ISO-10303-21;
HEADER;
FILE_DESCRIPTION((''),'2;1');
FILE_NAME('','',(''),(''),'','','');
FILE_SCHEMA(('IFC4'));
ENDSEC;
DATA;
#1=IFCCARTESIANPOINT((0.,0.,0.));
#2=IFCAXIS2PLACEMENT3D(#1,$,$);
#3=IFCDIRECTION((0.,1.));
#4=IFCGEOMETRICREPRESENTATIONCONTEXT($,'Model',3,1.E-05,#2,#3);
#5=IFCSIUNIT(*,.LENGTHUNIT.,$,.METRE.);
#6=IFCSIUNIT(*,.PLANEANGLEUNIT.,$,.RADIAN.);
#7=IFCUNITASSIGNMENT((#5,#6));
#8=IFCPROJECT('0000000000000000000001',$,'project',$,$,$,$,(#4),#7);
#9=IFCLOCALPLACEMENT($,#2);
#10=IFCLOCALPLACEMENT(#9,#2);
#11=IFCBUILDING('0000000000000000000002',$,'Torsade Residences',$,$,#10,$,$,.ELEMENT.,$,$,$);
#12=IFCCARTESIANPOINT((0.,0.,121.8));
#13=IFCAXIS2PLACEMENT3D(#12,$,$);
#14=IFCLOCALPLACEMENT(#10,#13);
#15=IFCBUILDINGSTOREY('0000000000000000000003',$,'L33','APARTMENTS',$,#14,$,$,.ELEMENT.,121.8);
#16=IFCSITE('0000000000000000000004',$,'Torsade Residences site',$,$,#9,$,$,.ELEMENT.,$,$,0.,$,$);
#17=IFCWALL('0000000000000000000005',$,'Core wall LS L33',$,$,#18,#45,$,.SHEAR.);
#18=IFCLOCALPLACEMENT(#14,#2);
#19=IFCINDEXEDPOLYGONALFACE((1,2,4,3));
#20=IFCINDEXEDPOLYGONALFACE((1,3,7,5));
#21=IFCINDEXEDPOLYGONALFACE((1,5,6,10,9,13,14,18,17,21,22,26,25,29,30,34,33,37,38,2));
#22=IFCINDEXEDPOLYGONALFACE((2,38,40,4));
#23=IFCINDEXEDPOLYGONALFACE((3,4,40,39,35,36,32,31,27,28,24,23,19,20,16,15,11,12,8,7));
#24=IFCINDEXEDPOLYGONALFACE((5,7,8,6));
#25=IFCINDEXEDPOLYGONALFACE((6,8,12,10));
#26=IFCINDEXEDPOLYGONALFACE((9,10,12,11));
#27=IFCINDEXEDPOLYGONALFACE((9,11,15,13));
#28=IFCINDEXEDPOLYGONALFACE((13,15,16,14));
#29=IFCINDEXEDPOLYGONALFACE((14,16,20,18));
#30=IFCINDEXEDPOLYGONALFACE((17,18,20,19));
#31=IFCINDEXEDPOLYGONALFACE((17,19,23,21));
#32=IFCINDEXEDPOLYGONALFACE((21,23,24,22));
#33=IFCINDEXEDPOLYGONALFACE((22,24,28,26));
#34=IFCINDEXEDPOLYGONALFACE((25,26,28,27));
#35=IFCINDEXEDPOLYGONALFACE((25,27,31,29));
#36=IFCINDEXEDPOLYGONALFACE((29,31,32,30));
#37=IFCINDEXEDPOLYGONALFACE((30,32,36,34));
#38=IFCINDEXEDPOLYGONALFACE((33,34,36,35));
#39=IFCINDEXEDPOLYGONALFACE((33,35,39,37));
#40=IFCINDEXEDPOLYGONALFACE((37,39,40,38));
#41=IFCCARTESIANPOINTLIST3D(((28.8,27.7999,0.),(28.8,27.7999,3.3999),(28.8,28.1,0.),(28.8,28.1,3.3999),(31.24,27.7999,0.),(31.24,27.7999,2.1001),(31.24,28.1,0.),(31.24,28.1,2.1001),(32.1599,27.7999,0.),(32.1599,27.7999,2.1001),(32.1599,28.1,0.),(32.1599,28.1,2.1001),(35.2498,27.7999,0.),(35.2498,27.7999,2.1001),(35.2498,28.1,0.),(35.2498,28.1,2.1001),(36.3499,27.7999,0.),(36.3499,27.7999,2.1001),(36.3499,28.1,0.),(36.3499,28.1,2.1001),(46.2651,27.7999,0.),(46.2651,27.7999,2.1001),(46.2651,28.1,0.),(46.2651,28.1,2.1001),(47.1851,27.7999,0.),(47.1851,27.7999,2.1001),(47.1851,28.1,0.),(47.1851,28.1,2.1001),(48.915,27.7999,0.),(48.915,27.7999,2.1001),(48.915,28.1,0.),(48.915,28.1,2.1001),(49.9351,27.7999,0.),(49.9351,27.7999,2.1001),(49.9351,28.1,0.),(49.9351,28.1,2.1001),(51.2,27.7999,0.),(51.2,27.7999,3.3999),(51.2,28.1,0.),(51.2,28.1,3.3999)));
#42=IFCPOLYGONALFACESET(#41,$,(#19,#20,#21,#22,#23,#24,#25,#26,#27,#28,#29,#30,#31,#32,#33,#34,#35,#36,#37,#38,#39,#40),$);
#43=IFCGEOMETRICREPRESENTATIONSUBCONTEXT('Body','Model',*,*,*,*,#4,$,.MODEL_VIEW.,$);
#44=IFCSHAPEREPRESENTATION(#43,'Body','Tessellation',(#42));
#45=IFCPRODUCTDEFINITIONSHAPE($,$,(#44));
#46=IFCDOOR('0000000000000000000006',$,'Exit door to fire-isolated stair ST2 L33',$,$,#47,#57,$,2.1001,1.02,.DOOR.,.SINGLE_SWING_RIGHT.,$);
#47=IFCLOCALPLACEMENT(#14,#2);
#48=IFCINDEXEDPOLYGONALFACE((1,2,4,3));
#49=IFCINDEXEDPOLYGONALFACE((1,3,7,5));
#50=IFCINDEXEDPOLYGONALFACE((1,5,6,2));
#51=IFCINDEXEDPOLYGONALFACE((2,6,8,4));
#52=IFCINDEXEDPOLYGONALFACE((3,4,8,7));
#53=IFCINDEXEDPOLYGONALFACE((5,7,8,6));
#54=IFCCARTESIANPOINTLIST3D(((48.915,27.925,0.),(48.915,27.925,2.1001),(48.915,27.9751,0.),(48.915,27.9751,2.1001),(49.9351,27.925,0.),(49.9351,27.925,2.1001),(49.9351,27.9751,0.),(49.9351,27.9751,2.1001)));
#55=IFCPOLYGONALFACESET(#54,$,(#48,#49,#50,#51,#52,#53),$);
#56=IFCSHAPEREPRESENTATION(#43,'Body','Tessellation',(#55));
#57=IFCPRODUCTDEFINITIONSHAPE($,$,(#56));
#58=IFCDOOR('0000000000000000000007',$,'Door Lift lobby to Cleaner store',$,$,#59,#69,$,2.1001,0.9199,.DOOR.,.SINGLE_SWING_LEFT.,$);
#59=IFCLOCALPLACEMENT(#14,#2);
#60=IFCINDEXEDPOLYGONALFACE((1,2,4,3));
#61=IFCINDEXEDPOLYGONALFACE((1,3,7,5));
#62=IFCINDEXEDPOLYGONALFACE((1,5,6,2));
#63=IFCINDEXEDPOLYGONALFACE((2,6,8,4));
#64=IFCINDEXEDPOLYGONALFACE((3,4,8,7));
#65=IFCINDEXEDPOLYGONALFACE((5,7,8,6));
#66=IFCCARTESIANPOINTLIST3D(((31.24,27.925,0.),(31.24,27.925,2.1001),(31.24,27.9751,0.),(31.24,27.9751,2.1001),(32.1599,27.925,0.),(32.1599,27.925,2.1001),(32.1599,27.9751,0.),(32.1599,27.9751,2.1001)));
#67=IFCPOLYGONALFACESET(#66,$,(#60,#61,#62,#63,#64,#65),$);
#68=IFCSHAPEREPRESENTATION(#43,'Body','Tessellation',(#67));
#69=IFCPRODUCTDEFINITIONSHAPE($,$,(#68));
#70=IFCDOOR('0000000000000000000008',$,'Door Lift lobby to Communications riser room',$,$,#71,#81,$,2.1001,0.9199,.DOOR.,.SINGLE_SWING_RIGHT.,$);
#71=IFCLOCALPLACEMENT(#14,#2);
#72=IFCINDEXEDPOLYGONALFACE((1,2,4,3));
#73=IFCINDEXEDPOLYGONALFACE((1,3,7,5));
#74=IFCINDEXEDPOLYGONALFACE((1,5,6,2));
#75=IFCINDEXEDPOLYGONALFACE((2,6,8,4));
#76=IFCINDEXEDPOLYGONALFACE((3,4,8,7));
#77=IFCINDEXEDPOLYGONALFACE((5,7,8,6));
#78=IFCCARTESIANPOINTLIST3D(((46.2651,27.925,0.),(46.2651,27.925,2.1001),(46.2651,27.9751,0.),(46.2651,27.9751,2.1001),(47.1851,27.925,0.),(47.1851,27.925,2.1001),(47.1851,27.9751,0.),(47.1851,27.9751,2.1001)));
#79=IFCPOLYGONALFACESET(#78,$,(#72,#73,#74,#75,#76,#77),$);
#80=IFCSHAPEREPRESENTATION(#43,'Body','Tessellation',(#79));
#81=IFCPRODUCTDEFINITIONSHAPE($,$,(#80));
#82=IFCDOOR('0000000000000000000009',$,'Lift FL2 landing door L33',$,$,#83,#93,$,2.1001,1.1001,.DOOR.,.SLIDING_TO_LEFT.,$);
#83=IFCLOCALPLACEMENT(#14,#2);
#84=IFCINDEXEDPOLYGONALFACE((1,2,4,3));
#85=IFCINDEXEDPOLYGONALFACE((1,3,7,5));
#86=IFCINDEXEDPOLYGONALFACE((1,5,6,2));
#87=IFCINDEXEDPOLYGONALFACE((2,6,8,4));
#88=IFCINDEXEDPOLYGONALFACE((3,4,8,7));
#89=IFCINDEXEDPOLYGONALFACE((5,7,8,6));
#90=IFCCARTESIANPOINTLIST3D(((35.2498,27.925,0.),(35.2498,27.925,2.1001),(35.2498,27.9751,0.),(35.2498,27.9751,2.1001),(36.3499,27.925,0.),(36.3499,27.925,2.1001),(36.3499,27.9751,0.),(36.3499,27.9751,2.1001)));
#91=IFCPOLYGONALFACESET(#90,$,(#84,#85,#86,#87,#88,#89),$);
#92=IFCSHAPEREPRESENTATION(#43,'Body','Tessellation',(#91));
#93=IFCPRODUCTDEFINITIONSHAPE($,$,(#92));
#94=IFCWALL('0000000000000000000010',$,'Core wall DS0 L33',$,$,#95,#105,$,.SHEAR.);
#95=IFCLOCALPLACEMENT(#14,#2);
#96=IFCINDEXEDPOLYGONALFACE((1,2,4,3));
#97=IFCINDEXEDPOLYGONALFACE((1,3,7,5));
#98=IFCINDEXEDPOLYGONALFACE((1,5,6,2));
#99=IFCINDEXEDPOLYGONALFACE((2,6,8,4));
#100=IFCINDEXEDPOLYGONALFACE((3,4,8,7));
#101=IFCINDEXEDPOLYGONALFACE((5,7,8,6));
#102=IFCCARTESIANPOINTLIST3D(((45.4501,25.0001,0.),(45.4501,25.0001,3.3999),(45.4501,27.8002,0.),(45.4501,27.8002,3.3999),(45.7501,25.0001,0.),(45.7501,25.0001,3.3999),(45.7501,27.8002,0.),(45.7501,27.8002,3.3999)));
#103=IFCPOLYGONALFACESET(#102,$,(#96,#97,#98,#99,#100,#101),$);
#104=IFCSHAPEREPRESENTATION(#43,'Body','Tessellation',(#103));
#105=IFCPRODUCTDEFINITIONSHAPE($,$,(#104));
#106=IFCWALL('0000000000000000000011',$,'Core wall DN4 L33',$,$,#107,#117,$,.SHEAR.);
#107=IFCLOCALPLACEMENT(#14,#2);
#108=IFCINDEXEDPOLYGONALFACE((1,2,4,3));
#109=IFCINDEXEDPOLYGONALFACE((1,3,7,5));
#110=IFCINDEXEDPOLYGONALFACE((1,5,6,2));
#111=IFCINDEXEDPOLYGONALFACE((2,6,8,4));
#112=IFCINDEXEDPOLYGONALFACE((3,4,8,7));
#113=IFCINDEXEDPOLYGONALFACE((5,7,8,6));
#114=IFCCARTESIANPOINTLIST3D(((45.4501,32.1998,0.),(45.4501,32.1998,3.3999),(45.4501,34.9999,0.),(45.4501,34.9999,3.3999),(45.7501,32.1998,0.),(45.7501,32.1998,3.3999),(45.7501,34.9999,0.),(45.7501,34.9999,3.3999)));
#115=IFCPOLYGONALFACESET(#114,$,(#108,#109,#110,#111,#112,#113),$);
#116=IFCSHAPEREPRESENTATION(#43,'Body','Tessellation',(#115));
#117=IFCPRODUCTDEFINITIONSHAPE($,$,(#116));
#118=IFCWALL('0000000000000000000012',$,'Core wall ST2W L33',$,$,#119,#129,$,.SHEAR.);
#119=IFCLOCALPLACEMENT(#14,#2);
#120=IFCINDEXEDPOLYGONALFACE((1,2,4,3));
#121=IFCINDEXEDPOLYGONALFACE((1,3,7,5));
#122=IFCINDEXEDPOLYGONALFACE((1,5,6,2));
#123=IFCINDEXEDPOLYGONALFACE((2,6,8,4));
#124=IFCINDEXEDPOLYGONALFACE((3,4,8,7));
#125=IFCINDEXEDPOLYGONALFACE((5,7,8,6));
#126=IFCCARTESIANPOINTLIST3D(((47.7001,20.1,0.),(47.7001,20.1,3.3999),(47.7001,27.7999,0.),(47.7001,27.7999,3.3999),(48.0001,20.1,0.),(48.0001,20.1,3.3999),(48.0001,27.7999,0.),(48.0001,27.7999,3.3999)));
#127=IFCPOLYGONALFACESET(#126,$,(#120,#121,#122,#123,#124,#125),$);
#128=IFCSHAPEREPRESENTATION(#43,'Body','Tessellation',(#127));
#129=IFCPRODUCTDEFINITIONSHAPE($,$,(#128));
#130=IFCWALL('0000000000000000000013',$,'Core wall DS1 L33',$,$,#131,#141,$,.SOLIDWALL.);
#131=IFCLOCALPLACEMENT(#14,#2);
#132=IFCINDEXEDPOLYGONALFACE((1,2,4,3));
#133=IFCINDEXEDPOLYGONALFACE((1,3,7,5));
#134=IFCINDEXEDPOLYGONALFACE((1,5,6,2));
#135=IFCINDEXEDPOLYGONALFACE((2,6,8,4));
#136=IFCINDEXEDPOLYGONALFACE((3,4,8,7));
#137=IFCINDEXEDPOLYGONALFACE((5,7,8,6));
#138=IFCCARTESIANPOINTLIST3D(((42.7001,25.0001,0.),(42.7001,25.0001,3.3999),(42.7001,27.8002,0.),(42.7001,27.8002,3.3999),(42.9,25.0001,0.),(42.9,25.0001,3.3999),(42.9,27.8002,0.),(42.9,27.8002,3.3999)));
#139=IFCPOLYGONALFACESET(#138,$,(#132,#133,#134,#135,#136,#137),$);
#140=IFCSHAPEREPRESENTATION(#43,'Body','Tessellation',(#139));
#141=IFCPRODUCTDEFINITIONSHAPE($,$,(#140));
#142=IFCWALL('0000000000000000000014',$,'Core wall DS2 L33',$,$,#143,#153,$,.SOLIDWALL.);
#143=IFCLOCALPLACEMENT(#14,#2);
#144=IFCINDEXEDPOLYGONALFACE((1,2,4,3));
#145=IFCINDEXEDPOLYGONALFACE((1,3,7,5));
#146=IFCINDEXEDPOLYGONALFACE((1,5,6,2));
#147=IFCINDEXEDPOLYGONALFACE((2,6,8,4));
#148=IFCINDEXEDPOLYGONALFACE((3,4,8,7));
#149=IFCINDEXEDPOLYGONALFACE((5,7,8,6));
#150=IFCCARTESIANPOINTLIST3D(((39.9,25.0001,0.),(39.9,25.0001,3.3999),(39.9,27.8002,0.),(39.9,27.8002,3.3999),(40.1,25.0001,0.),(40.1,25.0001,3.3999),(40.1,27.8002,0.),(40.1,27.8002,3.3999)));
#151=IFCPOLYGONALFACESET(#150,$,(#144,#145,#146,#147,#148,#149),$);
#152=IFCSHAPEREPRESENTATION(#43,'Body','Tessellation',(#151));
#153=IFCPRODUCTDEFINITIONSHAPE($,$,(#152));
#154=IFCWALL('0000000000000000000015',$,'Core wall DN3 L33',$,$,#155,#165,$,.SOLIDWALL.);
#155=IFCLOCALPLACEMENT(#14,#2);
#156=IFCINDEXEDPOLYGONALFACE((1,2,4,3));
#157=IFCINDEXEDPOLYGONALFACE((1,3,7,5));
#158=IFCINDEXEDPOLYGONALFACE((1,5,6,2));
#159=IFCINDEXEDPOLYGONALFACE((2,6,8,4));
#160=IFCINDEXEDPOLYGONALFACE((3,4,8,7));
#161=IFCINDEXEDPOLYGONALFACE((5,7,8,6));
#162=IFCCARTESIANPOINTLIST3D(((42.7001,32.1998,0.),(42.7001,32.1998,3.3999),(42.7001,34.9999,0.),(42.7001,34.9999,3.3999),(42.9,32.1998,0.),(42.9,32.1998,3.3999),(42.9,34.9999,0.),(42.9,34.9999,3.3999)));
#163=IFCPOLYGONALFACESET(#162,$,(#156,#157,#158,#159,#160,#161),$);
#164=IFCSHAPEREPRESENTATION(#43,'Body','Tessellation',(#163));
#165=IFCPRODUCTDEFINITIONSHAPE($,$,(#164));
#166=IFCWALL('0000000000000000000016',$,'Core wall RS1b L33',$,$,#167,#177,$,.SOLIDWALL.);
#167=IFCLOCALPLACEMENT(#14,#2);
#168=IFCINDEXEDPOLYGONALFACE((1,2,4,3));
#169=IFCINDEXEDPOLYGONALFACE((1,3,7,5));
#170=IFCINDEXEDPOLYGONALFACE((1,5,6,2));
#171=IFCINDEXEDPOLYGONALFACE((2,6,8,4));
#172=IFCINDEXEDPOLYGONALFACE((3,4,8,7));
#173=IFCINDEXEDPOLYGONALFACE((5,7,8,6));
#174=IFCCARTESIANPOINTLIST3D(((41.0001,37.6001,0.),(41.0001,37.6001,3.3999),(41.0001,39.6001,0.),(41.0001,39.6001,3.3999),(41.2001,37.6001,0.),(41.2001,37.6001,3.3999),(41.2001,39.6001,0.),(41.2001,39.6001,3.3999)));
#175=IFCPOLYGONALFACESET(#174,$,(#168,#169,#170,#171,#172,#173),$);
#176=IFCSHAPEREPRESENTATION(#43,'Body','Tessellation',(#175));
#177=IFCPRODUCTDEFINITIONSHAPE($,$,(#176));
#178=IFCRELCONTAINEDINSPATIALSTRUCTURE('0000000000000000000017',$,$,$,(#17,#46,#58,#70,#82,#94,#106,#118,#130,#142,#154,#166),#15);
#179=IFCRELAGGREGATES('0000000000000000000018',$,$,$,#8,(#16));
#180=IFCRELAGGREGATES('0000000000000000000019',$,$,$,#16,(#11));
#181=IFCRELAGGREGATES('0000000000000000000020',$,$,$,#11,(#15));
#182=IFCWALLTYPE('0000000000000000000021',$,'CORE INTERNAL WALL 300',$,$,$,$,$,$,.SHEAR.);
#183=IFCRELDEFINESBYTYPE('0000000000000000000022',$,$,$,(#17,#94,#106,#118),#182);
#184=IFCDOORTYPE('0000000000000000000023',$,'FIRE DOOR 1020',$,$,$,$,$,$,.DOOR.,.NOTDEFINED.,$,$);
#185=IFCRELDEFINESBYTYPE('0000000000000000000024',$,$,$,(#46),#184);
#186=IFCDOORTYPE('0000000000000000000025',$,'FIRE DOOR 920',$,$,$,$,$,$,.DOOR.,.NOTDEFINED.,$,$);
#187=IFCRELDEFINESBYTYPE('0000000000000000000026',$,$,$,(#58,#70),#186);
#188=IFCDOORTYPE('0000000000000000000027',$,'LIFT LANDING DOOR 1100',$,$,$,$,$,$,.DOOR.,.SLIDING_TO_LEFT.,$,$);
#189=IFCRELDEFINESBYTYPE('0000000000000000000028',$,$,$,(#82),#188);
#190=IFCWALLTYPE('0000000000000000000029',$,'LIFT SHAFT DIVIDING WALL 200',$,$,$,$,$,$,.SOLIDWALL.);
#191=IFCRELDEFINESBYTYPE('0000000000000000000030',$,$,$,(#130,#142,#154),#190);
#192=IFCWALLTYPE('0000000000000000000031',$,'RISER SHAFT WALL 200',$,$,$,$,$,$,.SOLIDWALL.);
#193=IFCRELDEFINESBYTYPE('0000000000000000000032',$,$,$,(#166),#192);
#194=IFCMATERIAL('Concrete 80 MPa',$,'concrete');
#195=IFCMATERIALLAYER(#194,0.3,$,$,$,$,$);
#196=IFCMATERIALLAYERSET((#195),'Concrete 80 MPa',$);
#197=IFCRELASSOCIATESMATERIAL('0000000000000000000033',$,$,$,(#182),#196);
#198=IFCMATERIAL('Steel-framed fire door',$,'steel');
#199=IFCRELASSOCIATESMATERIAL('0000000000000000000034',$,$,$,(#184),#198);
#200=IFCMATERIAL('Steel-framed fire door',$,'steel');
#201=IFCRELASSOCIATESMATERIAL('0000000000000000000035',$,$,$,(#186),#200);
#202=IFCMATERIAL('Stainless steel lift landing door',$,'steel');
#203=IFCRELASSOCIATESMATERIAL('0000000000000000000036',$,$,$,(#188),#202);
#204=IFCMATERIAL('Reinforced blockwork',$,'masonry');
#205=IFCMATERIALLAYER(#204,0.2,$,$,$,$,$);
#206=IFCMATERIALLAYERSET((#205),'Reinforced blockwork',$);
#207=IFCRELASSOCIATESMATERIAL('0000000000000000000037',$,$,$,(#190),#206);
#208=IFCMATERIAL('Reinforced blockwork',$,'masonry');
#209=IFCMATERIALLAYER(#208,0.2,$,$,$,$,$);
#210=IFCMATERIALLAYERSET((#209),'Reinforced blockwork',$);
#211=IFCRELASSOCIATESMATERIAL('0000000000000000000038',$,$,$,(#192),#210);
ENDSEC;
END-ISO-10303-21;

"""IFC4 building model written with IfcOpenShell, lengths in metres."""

from ifc_helpers import new_model, si_unit, direction, frame, frame_2d, origin, place, context, subcontext, project, spatial, rectangle, extrude, material, layer, layer_set, type_object, element, fill, save


model = new_model("IFC4")

# Units and contexts
model_context = context("Model", 3, precision=1e-05, world=origin(), true_north=direction((0.0, 1.0)))
body_context = subcontext(model_context, "Body", "Model", "MODEL_VIEW")
ifc_project = project(units=[si_unit("LENGTHUNIT", "METRE"), si_unit("PLANEANGLEUNIT", "RADIAN")], contexts=[model_context])

# Site, building, storey
site_placement = place(None, origin())
site = spatial("IfcSite", under=ifc_project, at=site_placement, Name="Torsade Residences site", CompositionType="ELEMENT", RefElevation=0.0)
building_placement = place(site_placement, origin())
building = spatial("IfcBuilding", under=site, at=building_placement, Name="Torsade Residences", CompositionType="ELEMENT")
storey_placement = place(building_placement, frame((0.0, 0.0, 121.8)))
storey = spatial("IfcBuildingStorey", under=building, at=storey_placement, Name="L33", Description="APARTMENTS", CompositionType="ELEMENT", Elevation=121.8)

# Wall, openings, doors
ifc_material_1 = material(Name="Concrete 80 MPa", Category="concrete")
ifc_layer_1 = layer(ifc_material_1, 0.3)
ifc_layer_set_1 = layer_set([ifc_layer_1], Name="Concrete 80 MPa")
wall_type_1 = type_object("IfcWallType", Name="CORE INTERNAL WALL 300", PredefinedType="SHEAR", material=ifc_layer_set_1)
wall_1_placement = place(storey_placement, frame((51.2, 27.95, 0.0), z_axis=(0.0, 0.0, 1.0), x_axis=(-1.0, 0.0, 0.0)))
wall_1 = element("IfcWall", 1, at=wall_1_placement, inside=storey, type_object=wall_type_1, Name="Core wall LS L33", PredefinedType="SHEAR", context=body_context, shape_type="SweptSolid", body=[
    extrude(rectangle(XDim=22.3999, YDim=0.3, at=frame_2d((11.2, 0.0))), origin(), (0.0, 0.0, 1.0), 3.3999),
])
opening_1_placement = place(wall_1_placement, frame((19.04, 0.0, 0.0)))
opening_1 = element("IfcOpeningElement", 2, at=opening_1_placement, cuts=wall_1, PredefinedType="OPENING", context=body_context, shape_type="SweptSolid", body=[
    extrude(rectangle(XDim=0.9199, YDim=2.1001, at=frame_2d((0.46, 1.05))), frame((0.0, 0.1599, 0.0), z_axis=(0.0, -1.0, 0.0), x_axis=(1.0, 0.0, 0.0)), (0.0, 0.0, 1.0), 0.3201),
])
opening_2_placement = place(wall_1_placement, frame((1.2649, 0.0, 0.0)))
opening_2 = element("IfcOpeningElement", 3, at=opening_2_placement, cuts=wall_1, PredefinedType="OPENING", context=body_context, shape_type="SweptSolid", body=[
    extrude(rectangle(XDim=1.02, YDim=2.1001, at=frame_2d((0.51, 1.05))), frame((0.0, 0.1599, 0.0), z_axis=(0.0, -1.0, 0.0), x_axis=(1.0, 0.0, 0.0)), (0.0, 0.0, 1.0), 0.3201),
])
opening_3_placement = place(wall_1_placement, frame((4.0149, 0.0, 0.0)))
opening_3 = element("IfcOpeningElement", 4, at=opening_3_placement, cuts=wall_1, PredefinedType="OPENING", context=body_context, shape_type="SweptSolid", body=[
    extrude(rectangle(XDim=0.9199, YDim=2.1001, at=frame_2d((0.46, 1.05))), frame((0.0, 0.1599, 0.0), z_axis=(0.0, -1.0, 0.0), x_axis=(1.0, 0.0, 0.0)), (0.0, 0.0, 1.0), 0.3201),
])
opening_4_placement = place(wall_1_placement, frame((14.8501, 0.0, 0.0)))
opening_4 = element("IfcOpeningElement", 5, at=opening_4_placement, cuts=wall_1, PredefinedType="OPENING", context=body_context, shape_type="SweptSolid", body=[
    extrude(rectangle(XDim=1.1001, YDim=2.1001, at=frame_2d((0.55, 1.05))), frame((0.0, 0.1599, 0.0), z_axis=(0.0, -1.0, 0.0), x_axis=(1.0, 0.0, 0.0)), (0.0, 0.0, 1.0), 0.3201),
])
ifc_material_2 = material(Name="Steel-framed fire door", Category="steel")
door_type_1 = type_object("IfcDoorType", Name="FIRE DOOR 1020", OperationType="NOTDEFINED", PredefinedType="DOOR", material=ifc_material_2)
door_1_placement = place(opening_2_placement, origin())
door_1 = element("IfcDoor", 6, at=door_1_placement, inside=storey, type_object=door_type_1, Name="Exit door to fire-isolated stair ST2 L33", OperationType="SINGLE_SWING_RIGHT", OverallHeight=2.1001, OverallWidth=1.02, PredefinedType="DOOR", context=body_context, shape_type="SweptSolid", body=[
    extrude(rectangle(XDim=1.02, YDim=2.1001, at=frame_2d((0.51, 1.05))), frame((0.0, 0.0249, 0.0), z_axis=(0.0, -1.0, 0.0), x_axis=(1.0, 0.0, 0.0)), (0.0, 0.0, 1.0), 0.05),
])
fill(opening_2, door_1)
ifc_material_3 = material(Name="Steel-framed fire door", Category="steel")
door_type_2 = type_object("IfcDoorType", Name="FIRE DOOR 920", OperationType="NOTDEFINED", PredefinedType="DOOR", material=ifc_material_3)
door_2_placement = place(opening_1_placement, origin())
door_2 = element("IfcDoor", 7, at=door_2_placement, inside=storey, type_object=door_type_2, Name="Door Lift lobby to Cleaner store", OperationType="SINGLE_SWING_LEFT", OverallHeight=2.1001, OverallWidth=0.9199, PredefinedType="DOOR", context=body_context, shape_type="SweptSolid", body=[
    extrude(rectangle(XDim=0.9199, YDim=2.1001, at=frame_2d((0.46, 1.05))), frame((0.0, 0.0249, 0.0), z_axis=(0.0, -1.0, 0.0), x_axis=(1.0, 0.0, 0.0)), (0.0, 0.0, 1.0), 0.05),
])
fill(opening_1, door_2)
door_3_placement = place(opening_3_placement, origin())
door_3 = element("IfcDoor", 8, at=door_3_placement, inside=storey, type_object=door_type_2, Name="Door Lift lobby to Communications riser room", OperationType="SINGLE_SWING_RIGHT", OverallHeight=2.1001, OverallWidth=0.9199, PredefinedType="DOOR", context=body_context, shape_type="SweptSolid", body=[
    extrude(rectangle(XDim=0.9199, YDim=2.1001, at=frame_2d((0.46, 1.05))), frame((0.0, 0.0249, 0.0), z_axis=(0.0, -1.0, 0.0), x_axis=(1.0, 0.0, 0.0)), (0.0, 0.0, 1.0), 0.05),
])
fill(opening_3, door_3)
ifc_material_4 = material(Name="Stainless steel lift landing door", Category="steel")
door_type_3 = type_object("IfcDoorType", Name="LIFT LANDING DOOR 1100", OperationType="SLIDING_TO_LEFT", PredefinedType="DOOR", material=ifc_material_4)
door_4_placement = place(opening_4_placement, origin())
door_4 = element("IfcDoor", 9, at=door_4_placement, inside=storey, type_object=door_type_3, Name="Lift FL2 landing door L33", OperationType="SLIDING_TO_LEFT", OverallHeight=2.1001, OverallWidth=1.1001, PredefinedType="DOOR", context=body_context, shape_type="SweptSolid", body=[
    extrude(rectangle(XDim=1.1001, YDim=2.1001, at=frame_2d((0.55, 1.05))), frame((0.0, 0.0249, 0.0), z_axis=(0.0, -1.0, 0.0), x_axis=(1.0, 0.0, 0.0)), (0.0, 0.0, 1.0), 0.05),
])
fill(opening_4, door_4)

# Walls
for number, where, z_axis, x_axis, name in (
    (10, (45.6001, 27.8, 0.0), (0.0, 0.0, 1.0), (0.0, -1.0, 0.0), "Core wall DS0 L33"),
    (11, (45.6001, 32.2, 0.0), (0.0, 0.0, 1.0), (0.0, 1.0, 0.0), "Core wall DN4 L33"),
):
    element("IfcWall", number, at=place(storey_placement, frame(where, z_axis=z_axis, x_axis=x_axis)), inside=storey, type_object=wall_type_1, Name=name, PredefinedType="SHEAR", context=body_context, shape_type="SweptSolid", body=[
        extrude(rectangle(XDim=2.8, YDim=0.3, at=frame_2d((1.3999, 0.0))), origin(), (0.0, 0.0, 1.0), 3.3999),
    ])
wall_2_placement = place(storey_placement, frame((47.8501, 27.8, 0.0), z_axis=(0.0, 0.0, 1.0), x_axis=(0.0, -1.0, 0.0)))
element("IfcWall", 12, at=wall_2_placement, inside=storey, type_object=wall_type_1, Name="Core wall ST2W L33", PredefinedType="SHEAR", context=body_context, shape_type="SweptSolid", body=[
    extrude(rectangle(XDim=7.7, YDim=0.3, at=frame_2d((3.8501, 0.0))), origin(), (0.0, 0.0, 1.0), 3.3999),
])
ifc_material_5 = material(Name="Reinforced blockwork", Category="masonry")
ifc_layer_2 = layer(ifc_material_5, 0.2)
ifc_layer_set_2 = layer_set([ifc_layer_2], Name="Reinforced blockwork")
wall_type_2 = type_object("IfcWallType", Name="LIFT SHAFT DIVIDING WALL 200", PredefinedType="SOLIDWALL", material=ifc_layer_set_2)
for number, where, z_axis, x_axis, name in (
    (13, (42.8, 27.8, 0.0), (0.0, 0.0, 1.0), (0.0, -1.0, 0.0), "Core wall DS1 L33"),
    (14, (40.0, 27.8, 0.0), (0.0, 0.0, 1.0), (0.0, -1.0, 0.0), "Core wall DS2 L33"),
    (15, (42.8, 32.2, 0.0), (0.0, 0.0, 1.0), (0.0, 1.0, 0.0), "Core wall DN3 L33"),
):
    element("IfcWall", number, at=place(storey_placement, frame(where, z_axis=z_axis, x_axis=x_axis)), inside=storey, type_object=wall_type_2, Name=name, PredefinedType="SOLIDWALL", context=body_context, shape_type="SweptSolid", body=[
        extrude(rectangle(XDim=2.8, YDim=0.2, at=frame_2d((1.3999, 0.0))), origin(), (0.0, 0.0, 1.0), 3.3999),
    ])
ifc_material_6 = material(Name="Reinforced blockwork", Category="masonry")
ifc_layer_3 = layer(ifc_material_6, 0.2)
ifc_layer_set_3 = layer_set([ifc_layer_3], Name="Reinforced blockwork")
wall_type_3 = type_object("IfcWallType", Name="RISER SHAFT WALL 200", PredefinedType="SOLIDWALL", material=ifc_layer_set_3)
wall_3_placement = place(storey_placement, frame((41.1001, 37.6001, 0.0), z_axis=(0.0, 0.0, 1.0), x_axis=(0.0, 1.0, 0.0)))
element("IfcWall", 16, at=wall_3_placement, inside=storey, type_object=wall_type_3, Name="Core wall RS1b L33", PredefinedType="SOLIDWALL", context=body_context, shape_type="SweptSolid", body=[
    extrude(rectangle(XDim=2.0, YDim=0.2, at=frame_2d((1.0, 0.0))), origin(), (0.0, 0.0, 1.0), 3.3999),
])

save(model, "model.ifc")
